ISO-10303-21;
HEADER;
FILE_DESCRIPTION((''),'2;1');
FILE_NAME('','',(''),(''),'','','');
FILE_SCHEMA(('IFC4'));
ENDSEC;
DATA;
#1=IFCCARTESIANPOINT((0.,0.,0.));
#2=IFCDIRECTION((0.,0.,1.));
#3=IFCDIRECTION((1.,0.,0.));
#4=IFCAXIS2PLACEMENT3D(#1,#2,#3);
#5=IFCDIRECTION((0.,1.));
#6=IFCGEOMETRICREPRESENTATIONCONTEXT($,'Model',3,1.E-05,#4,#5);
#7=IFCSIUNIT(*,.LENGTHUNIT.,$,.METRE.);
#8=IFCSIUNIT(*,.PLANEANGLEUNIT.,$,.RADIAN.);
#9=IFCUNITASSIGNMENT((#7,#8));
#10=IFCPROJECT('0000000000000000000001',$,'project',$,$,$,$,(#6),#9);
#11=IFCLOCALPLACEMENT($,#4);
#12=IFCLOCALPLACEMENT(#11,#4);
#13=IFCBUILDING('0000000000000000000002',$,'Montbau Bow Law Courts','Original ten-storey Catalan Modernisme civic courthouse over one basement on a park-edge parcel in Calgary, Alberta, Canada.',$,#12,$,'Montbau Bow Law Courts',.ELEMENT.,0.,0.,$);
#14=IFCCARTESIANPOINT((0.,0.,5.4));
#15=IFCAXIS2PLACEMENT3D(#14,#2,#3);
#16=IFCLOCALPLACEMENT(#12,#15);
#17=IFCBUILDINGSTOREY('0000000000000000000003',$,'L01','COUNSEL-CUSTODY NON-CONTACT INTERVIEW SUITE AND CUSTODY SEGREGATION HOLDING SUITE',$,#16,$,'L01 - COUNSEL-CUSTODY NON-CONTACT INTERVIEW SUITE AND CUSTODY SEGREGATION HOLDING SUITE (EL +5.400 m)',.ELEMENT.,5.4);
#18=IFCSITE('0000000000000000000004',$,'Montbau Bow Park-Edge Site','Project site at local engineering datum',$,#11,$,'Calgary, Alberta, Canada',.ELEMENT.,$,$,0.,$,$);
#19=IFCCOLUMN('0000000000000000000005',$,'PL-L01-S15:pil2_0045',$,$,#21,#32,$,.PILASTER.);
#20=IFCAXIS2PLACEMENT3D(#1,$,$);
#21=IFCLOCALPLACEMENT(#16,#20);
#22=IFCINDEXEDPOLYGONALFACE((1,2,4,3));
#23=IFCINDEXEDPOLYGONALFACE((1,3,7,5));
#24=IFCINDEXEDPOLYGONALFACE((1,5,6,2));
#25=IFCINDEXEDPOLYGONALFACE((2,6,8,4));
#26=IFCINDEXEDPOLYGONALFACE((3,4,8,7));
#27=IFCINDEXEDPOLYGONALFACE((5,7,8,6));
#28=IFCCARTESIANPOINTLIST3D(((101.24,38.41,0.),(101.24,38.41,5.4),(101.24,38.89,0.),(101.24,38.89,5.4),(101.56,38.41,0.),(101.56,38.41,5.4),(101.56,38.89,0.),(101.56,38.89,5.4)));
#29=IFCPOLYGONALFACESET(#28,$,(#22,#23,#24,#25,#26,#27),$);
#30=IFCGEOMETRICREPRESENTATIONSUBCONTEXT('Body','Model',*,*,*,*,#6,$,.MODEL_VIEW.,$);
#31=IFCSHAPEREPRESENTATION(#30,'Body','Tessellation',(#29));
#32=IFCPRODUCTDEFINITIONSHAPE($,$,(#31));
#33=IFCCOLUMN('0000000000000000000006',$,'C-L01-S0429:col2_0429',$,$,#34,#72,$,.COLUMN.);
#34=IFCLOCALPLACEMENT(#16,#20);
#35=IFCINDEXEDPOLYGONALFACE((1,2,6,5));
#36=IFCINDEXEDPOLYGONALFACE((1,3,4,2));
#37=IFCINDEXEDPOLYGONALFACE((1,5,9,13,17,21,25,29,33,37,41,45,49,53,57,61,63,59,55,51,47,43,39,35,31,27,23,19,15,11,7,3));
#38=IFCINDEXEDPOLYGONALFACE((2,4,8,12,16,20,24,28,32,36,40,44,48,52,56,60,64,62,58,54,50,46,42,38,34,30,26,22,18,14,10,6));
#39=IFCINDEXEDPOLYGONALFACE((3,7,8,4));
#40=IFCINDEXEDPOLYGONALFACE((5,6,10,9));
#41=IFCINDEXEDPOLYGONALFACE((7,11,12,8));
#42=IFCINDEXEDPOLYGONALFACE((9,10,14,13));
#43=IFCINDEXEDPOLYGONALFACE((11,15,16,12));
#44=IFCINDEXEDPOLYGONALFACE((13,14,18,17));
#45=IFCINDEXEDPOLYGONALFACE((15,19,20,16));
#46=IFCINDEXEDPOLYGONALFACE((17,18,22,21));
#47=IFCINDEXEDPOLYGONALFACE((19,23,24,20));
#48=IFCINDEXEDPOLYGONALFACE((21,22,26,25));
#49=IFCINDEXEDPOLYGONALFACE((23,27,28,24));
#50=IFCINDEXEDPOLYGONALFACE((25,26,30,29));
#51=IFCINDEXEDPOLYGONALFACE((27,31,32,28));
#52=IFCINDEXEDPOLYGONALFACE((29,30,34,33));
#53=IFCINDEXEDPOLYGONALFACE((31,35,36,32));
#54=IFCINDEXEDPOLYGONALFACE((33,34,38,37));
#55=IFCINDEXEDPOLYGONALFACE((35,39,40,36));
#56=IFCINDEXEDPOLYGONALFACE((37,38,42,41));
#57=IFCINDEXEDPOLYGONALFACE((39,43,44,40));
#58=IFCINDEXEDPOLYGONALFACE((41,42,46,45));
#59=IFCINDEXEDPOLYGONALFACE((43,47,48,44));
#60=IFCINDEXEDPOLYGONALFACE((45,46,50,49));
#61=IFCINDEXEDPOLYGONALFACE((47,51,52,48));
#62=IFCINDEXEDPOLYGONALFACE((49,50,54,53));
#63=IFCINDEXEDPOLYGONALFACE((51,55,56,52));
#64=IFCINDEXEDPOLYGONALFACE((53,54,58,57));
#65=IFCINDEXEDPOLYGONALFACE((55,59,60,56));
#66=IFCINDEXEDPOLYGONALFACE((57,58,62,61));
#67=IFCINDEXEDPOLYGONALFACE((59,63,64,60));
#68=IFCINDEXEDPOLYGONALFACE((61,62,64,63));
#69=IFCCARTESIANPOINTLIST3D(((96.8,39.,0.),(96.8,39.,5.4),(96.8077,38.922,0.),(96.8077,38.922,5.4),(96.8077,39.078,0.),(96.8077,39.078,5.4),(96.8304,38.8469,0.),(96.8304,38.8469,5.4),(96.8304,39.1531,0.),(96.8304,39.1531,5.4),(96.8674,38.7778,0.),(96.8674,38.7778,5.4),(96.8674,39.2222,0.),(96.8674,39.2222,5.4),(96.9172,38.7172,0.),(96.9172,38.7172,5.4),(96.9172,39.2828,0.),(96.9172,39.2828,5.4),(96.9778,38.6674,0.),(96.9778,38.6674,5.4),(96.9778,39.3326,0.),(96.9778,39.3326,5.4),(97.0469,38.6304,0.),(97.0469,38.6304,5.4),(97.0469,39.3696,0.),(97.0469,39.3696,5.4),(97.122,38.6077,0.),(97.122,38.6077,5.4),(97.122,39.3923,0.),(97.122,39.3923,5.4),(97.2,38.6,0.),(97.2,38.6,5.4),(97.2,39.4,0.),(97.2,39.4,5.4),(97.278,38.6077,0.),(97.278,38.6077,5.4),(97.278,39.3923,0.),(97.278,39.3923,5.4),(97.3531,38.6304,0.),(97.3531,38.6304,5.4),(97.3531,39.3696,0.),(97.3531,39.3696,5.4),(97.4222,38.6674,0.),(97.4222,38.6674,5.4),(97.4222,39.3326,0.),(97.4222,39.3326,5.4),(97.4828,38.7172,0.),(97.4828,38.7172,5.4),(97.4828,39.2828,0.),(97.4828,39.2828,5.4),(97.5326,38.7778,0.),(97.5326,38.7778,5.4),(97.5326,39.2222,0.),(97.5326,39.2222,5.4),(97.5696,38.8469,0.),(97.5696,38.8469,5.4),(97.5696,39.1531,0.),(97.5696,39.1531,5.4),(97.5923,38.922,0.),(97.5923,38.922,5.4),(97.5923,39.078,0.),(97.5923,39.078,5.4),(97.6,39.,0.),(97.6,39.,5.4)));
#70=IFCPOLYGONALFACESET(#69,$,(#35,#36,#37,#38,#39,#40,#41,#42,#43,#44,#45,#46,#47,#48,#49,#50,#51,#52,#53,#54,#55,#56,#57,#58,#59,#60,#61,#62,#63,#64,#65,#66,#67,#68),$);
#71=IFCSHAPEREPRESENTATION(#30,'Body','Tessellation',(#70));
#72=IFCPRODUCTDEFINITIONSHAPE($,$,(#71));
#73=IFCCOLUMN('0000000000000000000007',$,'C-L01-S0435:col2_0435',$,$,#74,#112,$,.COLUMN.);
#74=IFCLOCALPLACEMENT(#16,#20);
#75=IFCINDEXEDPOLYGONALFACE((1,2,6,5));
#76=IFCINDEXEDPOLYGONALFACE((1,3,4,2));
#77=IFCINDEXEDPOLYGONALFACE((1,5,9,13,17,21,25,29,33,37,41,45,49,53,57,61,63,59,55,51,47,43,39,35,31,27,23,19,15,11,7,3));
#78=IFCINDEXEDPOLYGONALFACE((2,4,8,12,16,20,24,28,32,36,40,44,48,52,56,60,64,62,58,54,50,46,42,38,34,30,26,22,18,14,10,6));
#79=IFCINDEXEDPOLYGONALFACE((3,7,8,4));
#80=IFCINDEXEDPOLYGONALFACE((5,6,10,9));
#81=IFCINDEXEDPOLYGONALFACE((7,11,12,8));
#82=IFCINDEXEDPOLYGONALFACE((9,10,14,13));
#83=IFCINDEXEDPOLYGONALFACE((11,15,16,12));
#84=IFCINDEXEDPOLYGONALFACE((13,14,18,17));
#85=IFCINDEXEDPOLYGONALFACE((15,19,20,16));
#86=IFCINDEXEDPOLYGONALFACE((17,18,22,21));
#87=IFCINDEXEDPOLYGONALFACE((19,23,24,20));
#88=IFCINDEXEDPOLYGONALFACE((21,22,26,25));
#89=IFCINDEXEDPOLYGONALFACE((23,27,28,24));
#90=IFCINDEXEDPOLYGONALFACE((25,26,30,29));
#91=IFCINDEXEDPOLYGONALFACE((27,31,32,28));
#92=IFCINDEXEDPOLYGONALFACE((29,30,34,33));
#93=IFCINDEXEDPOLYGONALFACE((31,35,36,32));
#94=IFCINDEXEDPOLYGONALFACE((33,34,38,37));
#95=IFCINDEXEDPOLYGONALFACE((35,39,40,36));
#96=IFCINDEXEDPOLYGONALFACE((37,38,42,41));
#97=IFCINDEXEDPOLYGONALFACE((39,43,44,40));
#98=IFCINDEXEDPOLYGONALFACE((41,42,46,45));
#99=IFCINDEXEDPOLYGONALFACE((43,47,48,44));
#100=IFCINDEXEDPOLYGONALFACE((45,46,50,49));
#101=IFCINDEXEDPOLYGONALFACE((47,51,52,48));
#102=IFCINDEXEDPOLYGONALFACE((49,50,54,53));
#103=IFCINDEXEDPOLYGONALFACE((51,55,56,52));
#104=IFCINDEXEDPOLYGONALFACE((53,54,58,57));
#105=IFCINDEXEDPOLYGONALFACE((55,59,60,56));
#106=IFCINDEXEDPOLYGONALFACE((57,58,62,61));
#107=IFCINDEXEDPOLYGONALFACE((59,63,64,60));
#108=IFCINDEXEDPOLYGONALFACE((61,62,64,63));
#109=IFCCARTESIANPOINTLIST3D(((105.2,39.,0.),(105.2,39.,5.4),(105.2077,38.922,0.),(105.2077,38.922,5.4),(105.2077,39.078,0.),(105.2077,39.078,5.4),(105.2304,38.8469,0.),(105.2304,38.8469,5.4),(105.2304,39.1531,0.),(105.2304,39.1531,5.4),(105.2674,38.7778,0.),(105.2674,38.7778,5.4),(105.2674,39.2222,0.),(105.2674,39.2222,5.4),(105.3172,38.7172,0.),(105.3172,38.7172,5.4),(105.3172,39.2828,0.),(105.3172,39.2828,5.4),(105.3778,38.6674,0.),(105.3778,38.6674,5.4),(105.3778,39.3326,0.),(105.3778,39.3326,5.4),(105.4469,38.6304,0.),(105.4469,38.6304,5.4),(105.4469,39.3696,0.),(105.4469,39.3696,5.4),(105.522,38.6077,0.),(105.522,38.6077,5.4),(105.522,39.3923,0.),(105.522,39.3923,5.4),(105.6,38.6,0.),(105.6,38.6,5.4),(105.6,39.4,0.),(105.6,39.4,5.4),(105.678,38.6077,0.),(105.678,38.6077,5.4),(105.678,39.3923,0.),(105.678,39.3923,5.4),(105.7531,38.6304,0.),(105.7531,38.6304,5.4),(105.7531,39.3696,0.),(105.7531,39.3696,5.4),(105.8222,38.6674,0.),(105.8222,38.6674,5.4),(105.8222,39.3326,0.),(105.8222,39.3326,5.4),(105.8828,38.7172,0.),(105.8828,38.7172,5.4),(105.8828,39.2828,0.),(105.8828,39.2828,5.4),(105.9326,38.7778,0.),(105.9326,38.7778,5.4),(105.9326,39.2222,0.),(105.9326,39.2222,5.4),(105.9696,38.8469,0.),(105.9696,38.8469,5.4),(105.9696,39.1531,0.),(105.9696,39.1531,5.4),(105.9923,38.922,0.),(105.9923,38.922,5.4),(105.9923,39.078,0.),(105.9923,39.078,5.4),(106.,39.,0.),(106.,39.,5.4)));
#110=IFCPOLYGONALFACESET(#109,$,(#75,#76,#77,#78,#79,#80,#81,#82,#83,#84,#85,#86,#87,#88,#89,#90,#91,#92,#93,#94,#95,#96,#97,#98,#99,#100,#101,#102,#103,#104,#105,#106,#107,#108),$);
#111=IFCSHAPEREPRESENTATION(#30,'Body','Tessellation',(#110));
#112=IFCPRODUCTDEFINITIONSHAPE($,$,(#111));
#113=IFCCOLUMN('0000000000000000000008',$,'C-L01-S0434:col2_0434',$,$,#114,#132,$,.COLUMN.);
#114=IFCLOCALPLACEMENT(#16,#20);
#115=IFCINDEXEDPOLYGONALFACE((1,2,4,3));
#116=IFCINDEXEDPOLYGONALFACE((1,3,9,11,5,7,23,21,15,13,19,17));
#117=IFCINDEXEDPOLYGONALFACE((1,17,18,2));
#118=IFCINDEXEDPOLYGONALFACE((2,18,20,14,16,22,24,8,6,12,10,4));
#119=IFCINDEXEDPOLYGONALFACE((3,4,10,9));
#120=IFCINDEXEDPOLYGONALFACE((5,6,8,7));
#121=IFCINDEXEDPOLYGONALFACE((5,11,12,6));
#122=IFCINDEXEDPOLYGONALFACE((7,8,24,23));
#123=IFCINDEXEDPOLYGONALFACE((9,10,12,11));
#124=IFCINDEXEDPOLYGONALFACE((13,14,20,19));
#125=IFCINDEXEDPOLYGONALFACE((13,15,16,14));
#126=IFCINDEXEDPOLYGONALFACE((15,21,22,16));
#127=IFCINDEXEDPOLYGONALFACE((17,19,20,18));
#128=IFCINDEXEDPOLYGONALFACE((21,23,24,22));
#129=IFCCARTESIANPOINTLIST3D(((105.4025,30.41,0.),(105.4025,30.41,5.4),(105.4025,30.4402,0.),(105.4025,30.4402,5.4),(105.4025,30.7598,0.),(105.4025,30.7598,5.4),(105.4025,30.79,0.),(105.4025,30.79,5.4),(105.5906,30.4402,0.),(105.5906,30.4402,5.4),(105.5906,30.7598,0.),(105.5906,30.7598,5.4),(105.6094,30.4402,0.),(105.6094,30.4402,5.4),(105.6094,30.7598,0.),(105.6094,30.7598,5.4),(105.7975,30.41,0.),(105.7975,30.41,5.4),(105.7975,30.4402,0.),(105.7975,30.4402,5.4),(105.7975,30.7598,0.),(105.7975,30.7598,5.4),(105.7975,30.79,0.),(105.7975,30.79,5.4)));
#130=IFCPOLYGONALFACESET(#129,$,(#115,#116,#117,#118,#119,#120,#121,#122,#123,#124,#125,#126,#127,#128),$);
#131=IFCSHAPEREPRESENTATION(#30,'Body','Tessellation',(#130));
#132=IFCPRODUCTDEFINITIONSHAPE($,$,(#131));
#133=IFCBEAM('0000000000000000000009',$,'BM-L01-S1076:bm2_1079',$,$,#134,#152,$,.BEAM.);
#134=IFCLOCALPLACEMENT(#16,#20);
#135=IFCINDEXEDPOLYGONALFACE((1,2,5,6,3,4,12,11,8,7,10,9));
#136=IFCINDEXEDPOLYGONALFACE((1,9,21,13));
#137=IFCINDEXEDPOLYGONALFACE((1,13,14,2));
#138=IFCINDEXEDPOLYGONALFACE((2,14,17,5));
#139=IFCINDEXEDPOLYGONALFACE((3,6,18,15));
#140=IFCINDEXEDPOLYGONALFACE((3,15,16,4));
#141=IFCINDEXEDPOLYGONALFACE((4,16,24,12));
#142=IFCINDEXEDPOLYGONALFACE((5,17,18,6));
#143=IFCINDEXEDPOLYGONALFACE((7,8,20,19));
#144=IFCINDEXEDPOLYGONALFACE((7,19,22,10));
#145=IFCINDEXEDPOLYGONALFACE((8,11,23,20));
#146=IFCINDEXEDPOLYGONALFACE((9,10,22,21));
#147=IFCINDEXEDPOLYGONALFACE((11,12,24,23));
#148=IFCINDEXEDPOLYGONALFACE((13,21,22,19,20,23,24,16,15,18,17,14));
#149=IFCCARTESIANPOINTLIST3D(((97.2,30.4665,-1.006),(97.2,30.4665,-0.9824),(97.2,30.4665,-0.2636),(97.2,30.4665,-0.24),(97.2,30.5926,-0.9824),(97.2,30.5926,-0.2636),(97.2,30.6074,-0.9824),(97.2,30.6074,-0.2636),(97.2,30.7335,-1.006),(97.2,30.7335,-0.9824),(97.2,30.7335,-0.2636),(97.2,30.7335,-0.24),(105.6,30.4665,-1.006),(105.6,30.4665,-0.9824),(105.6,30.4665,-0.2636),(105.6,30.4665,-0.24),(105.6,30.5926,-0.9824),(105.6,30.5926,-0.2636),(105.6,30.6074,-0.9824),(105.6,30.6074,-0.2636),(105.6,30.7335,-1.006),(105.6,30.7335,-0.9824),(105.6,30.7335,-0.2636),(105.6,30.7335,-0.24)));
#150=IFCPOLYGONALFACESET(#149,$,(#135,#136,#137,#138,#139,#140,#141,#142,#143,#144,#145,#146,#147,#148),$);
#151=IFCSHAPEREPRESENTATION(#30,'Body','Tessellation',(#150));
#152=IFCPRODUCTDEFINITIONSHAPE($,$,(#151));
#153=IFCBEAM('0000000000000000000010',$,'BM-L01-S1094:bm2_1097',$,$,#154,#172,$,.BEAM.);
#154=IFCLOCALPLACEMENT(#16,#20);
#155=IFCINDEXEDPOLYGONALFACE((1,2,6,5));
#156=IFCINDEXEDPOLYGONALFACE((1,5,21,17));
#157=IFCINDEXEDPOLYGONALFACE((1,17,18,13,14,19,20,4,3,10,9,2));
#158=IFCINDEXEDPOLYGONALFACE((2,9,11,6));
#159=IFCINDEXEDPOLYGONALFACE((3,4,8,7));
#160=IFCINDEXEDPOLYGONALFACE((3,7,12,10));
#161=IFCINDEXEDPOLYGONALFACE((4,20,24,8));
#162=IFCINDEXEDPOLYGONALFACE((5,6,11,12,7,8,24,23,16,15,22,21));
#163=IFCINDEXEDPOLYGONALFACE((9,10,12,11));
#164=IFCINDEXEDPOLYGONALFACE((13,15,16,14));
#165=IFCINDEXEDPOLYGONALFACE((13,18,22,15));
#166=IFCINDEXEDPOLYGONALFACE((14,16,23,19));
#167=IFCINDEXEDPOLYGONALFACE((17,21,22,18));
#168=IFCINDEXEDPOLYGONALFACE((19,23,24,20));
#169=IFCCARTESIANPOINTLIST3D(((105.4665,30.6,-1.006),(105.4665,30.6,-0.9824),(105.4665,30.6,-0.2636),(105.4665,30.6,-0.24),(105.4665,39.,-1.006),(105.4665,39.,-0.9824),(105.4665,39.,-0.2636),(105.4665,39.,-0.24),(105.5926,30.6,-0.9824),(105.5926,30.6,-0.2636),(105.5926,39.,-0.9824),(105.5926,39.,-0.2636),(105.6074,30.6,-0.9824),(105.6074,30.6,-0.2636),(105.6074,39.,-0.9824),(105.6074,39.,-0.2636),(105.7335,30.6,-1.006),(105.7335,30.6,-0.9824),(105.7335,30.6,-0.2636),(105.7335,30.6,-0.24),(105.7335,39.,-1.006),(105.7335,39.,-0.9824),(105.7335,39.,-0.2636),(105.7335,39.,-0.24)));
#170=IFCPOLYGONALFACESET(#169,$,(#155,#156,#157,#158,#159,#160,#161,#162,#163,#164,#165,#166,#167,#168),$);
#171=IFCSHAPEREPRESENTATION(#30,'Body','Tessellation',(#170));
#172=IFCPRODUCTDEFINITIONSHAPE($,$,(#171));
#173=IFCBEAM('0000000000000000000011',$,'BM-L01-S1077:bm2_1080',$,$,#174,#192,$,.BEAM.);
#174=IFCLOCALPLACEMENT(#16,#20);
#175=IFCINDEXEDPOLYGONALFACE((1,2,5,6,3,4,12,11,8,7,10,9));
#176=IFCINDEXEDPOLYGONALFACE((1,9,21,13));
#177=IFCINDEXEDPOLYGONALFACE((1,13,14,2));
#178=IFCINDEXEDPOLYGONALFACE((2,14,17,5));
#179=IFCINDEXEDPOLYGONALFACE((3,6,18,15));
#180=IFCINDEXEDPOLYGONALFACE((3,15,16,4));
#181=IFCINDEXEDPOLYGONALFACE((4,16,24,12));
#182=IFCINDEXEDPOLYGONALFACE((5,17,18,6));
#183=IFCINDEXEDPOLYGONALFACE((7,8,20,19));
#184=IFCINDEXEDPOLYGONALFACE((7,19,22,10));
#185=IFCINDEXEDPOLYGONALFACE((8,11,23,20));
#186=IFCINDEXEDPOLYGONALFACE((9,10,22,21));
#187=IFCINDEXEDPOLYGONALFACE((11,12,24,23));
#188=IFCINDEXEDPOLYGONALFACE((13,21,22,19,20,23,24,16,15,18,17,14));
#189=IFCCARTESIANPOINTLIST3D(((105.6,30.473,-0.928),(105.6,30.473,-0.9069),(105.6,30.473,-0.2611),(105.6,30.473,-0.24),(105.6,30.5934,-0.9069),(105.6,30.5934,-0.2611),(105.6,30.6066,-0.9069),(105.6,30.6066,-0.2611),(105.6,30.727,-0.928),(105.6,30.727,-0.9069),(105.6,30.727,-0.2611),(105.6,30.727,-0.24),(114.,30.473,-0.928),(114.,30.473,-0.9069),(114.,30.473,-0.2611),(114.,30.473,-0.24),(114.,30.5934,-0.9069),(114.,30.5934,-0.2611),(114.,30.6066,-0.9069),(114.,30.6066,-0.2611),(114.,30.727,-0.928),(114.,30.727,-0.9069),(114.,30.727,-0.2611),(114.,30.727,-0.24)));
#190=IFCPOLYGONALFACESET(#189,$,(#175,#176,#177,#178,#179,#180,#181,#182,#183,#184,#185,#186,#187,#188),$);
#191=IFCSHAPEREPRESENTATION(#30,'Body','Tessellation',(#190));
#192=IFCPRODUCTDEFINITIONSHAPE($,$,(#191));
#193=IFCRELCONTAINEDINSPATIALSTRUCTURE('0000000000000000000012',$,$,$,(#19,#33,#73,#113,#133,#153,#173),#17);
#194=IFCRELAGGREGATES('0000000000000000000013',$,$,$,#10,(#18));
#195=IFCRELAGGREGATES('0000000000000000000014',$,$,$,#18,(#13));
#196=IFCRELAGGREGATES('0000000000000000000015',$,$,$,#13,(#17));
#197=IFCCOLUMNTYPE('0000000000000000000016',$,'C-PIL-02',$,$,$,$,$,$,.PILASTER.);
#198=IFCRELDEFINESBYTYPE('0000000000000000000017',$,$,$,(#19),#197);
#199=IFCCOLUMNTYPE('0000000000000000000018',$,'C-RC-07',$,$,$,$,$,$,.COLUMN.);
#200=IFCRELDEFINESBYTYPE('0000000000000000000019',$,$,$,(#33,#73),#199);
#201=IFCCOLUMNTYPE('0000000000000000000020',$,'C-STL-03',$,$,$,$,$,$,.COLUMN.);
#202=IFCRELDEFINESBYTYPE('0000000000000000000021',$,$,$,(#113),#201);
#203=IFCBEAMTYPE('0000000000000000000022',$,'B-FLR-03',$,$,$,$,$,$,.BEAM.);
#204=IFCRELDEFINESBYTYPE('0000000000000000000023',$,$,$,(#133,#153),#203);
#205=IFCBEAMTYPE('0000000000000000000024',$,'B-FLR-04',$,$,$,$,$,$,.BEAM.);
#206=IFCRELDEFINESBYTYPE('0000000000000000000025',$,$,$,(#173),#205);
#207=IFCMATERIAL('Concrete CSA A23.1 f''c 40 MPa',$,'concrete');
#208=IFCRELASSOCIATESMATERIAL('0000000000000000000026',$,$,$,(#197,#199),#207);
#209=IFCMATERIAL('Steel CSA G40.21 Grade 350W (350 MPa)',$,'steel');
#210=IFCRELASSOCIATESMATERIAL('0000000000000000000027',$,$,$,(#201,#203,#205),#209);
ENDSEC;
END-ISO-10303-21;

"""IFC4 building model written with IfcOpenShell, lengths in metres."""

from ifc_helpers import new_model, si_unit, direction, frame, origin_with_axes, origin_2d_with_axis, place, context, subcontext, project, spatial, rectangle, circle, i_section, extrude, material, material_profile, profile_set, type_object, element, save


model = new_model("IFC4")

# Units and contexts
model_context = context("Model", 3, precision=1e-05, world=origin_with_axes(), true_north=direction((0.0, 1.0)))
body_context = subcontext(model_context, "Body", "Model", "MODEL_VIEW")
ifc_project = project(units=[si_unit("LENGTHUNIT", "METRE"), si_unit("PLANEANGLEUNIT", "RADIAN")], contexts=[model_context])

# Site, building, storey
site_placement = place(None, origin_with_axes())
site = spatial("IfcSite", under=ifc_project, at=site_placement, Name="Montbau Bow Park-Edge Site", Description="Project site at local engineering datum", LongName="Calgary, Alberta, Canada", CompositionType="ELEMENT", RefElevation=0.0)
building_placement = place(site_placement, origin_with_axes())
building = spatial("IfcBuilding", under=site, at=building_placement, Name="Montbau Bow Law Courts", Description="Original ten-storey Catalan Modernisme civic courthouse over one basement on a park-edge parcel in Calgary, Alberta, Canada.", LongName="Montbau Bow Law Courts", CompositionType="ELEMENT", ElevationOfRefHeight=0.0, ElevationOfTerrain=0.0)
storey_placement = place(building_placement, frame((0.0, 0.0, 5.4), z_axis=(0.0, 0.0, 1.0), x_axis=(1.0, 0.0, 0.0)))
storey = spatial("IfcBuildingStorey", under=building, at=storey_placement, Name="L01", Description="COUNSEL-CUSTODY NON-CONTACT INTERVIEW SUITE AND CUSTODY SEGREGATION HOLDING SUITE", LongName="L01 - COUNSEL-CUSTODY NON-CONTACT INTERVIEW SUITE AND CUSTODY SEGREGATION HOLDING SUITE (EL +5.400 m)", CompositionType="ELEMENT", Elevation=5.4)

# Columns
ifc_material_1 = material(Name="Concrete CSA A23.1 f'c 40 MPa", Category="concrete")
ifc_material_profile_1 = material_profile(ifc_material_1, rectangle(XDim=0.32, YDim=0.48, at=origin_2d_with_axis()), Name="RC480X320", Category="Main", Priority=0)
ifc_profile_set_1 = profile_set([ifc_material_profile_1], Name="Concrete CSA A23.1 f'c 40 MPa")
column_type_1 = type_object("IfcColumnType", Name="C-PIL-02", PredefinedType="PILASTER", material=ifc_profile_set_1)
column_1_placement = place(None, frame((101.4, 38.65, 5.4), z_axis=(0.0, 0.0, 1.0), x_axis=(1.0, 0.0, 0.0)))
element("IfcColumn", 1, at=column_1_placement, inside=storey, type_object=column_type_1, Name="PL-L01-S15:pil2_0045", PredefinedType="PILASTER", context=body_context, shape_type="SweptSolid", body=[
    extrude(rectangle(XDim=0.32, YDim=0.48, at=origin_2d_with_axis()), origin_with_axes(), (0.0, 0.0, 1.0), 5.4),
])
ifc_material_profile_2 = material_profile(ifc_material_1, circle(Radius=0.4, at=origin_2d_with_axis()), Name="RC800D", Category="Main", Priority=0)
ifc_profile_set_2 = profile_set([ifc_material_profile_2], Name="Concrete CSA A23.1 f'c 40 MPa")
column_type_2 = type_object("IfcColumnType", Name="C-RC-07", PredefinedType="COLUMN", material=ifc_profile_set_2)
for number, where, z_axis, x_axis, name in (
    (2, (97.2, 39.0, 5.4), (0.0, 0.0, 1.0), (1.0, 0.0, 0.0), "C-L01-S0429:col2_0429"),
    (3, (105.6, 39.0, 5.4), (0.0, 0.0, 1.0), (1.0, 0.0, 0.0), "C-L01-S0435:col2_0435"),
):
    element("IfcColumn", number, at=place(None, frame(where, z_axis=z_axis, x_axis=x_axis)), inside=storey, type_object=column_type_2, Name=name, PredefinedType="COLUMN", context=body_context, shape_type="SweptSolid", body=[
        extrude(circle(Radius=0.4, at=origin_2d_with_axis()), origin_with_axes(), (0.0, 0.0, 1.0), 5.4),
    ])
ifc_material_2 = material(Name="Steel CSA G40.21 Grade 350W (350 MPa)", Category="steel")
ifc_material_profile_3 = material_profile(ifc_material_2, i_section(OverallWidth=0.395, OverallDepth=0.38, WebThickness=0.0189, FlangeThickness=0.0302, at=origin_2d_with_axis()), Name="W360X237", Category="Main", Priority=0)
ifc_profile_set_3 = profile_set([ifc_material_profile_3], Name="Steel CSA G40.21 Grade 350W (350 MPa)")
column_type_3 = type_object("IfcColumnType", Name="C-STL-03", PredefinedType="COLUMN", material=ifc_profile_set_3)
column_2_placement = place(None, frame((105.6, 30.6, 5.4), z_axis=(0.0, 0.0, 1.0), x_axis=(1.0, 0.0, 0.0)))
element("IfcColumn", 4, at=column_2_placement, inside=storey, type_object=column_type_3, Name="C-L01-S0434:col2_0434", PredefinedType="COLUMN", context=body_context, shape_type="SweptSolid", body=[
    extrude(i_section(OverallWidth=0.395, OverallDepth=0.38, WebThickness=0.0189, FlangeThickness=0.0302, at=origin_2d_with_axis()), origin_with_axes(), (0.0, 0.0, 1.0), 5.4),
])

# Beams
ifc_material_profile_4 = material_profile(ifc_material_2, i_section(OverallWidth=0.267, OverallDepth=0.766, WebThickness=0.0149, FlangeThickness=0.0236, at=origin_2d_with_axis()), Name="W760X185", Category="Main", Priority=0)
ifc_profile_set_4 = profile_set([ifc_material_profile_4], Name="Steel CSA G40.21 Grade 350W (350 MPa)")
beam_type_1 = type_object("IfcBeamType", Name="B-FLR-03", PredefinedType="BEAM", material=ifc_profile_set_4)
for number, where, z_axis, x_axis, name in (
    (5, (97.2, 30.6, 4.777), (1.0, 0.0, 0.0), (0.0, 1.0, 0.0), "BM-L01-S1076:bm2_1079"),
    (6, (105.6, 30.6, 4.777), (0.0, 1.0, 0.0), (-1.0, 0.0, 0.0), "BM-L01-S1094:bm2_1097"),
):
    element("IfcBeam", number, at=place(None, frame(where, z_axis=z_axis, x_axis=x_axis)), inside=storey, type_object=beam_type_1, Name=name, PredefinedType="BEAM", context=body_context, shape_type="SweptSolid", body=[
        extrude(i_section(OverallWidth=0.267, OverallDepth=0.766, WebThickness=0.0149, FlangeThickness=0.0236, at=origin_2d_with_axis()), origin_with_axes(), (0.0, 0.0, 1.0), 8.4),
    ])
ifc_material_profile_5 = material_profile(ifc_material_2, i_section(OverallWidth=0.254, OverallDepth=0.688, WebThickness=0.0131, FlangeThickness=0.0211, at=origin_2d_with_axis()), Name="W690X152", Category="Main", Priority=0)
ifc_profile_set_5 = profile_set([ifc_material_profile_5], Name="Steel CSA G40.21 Grade 350W (350 MPa)")
beam_type_2 = type_object("IfcBeamType", Name="B-FLR-04", PredefinedType="BEAM", material=ifc_profile_set_5)
beam_1_placement = place(None, frame((105.6, 30.6, 4.816), z_axis=(1.0, 0.0, 0.0), x_axis=(0.0, 1.0, 0.0)))
element("IfcBeam", 7, at=beam_1_placement, inside=storey, type_object=beam_type_2, Name="BM-L01-S1077:bm2_1080", PredefinedType="BEAM", context=body_context, shape_type="SweptSolid", body=[
    extrude(i_section(OverallWidth=0.254, OverallDepth=0.688, WebThickness=0.0131, FlangeThickness=0.0211, at=origin_2d_with_axis()), origin_with_axes(), (0.0, 0.0, 1.0), 8.4),
])

save(model, "model.ifc")
